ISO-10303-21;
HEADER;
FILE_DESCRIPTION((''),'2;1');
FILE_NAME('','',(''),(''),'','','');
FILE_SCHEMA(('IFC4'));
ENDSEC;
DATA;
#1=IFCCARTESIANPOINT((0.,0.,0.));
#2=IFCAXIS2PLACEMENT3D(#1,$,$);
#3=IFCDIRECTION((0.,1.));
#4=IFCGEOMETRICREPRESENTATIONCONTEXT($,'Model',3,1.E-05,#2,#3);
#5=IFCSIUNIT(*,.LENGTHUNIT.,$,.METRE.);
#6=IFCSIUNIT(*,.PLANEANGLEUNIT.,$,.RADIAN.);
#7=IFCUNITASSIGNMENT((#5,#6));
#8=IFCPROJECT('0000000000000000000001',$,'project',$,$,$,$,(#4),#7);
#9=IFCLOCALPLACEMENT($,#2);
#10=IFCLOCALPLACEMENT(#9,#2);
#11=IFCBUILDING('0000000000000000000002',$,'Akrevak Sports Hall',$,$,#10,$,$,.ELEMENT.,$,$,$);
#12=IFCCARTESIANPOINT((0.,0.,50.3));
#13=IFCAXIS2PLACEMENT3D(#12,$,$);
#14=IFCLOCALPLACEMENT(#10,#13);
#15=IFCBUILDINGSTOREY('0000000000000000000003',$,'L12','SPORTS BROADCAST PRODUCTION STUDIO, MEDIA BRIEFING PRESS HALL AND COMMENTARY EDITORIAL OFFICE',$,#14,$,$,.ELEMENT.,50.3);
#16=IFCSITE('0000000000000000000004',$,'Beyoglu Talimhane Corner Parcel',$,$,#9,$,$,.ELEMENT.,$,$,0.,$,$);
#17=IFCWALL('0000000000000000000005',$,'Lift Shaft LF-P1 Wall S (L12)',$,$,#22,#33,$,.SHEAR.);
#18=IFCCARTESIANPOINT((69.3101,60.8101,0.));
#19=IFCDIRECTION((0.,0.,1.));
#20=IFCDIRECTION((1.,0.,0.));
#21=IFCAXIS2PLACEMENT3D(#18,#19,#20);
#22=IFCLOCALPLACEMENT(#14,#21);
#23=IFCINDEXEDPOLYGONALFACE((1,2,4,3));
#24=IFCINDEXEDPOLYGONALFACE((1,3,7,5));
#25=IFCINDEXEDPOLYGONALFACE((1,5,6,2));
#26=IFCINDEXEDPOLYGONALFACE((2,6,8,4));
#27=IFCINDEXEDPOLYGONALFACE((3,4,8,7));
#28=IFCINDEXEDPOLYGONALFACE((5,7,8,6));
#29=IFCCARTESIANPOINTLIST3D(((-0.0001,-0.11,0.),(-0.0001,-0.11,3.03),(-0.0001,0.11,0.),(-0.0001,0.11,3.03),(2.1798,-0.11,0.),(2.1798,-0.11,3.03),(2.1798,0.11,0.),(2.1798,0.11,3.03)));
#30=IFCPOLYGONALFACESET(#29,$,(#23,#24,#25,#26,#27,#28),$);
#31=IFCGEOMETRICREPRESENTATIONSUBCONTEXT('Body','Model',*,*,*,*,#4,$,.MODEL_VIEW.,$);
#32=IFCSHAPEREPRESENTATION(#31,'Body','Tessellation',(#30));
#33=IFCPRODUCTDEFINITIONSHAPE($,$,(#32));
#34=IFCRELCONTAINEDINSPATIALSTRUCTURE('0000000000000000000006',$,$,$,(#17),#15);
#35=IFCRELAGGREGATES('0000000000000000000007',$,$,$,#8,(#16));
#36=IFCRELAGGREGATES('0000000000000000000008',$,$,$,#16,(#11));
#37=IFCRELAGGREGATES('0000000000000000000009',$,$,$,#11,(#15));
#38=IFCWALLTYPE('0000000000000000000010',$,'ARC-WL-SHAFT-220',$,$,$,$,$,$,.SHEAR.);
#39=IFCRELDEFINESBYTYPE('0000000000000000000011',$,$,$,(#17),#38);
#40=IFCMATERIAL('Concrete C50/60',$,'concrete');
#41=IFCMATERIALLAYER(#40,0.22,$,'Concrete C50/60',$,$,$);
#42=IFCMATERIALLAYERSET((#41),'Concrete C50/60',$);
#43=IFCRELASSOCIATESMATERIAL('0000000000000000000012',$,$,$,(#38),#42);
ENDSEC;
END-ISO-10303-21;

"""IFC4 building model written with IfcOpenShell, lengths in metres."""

from ifc_helpers import new_model, si_unit, direction, frame, frame_2d, origin, place, context, subcontext, project, spatial, rectangle, extrude, material, layer, layer_set, type_object, element, save


model = new_model("IFC4")

# Units and contexts
model_context = context("Model", 3, precision=1e-05, world=origin(), true_north=direction((0.0, 1.0)))
body_context = subcontext(model_context, "Body", "Model", "MODEL_VIEW")
ifc_project = project(units=[si_unit("LENGTHUNIT", "METRE"), si_unit("PLANEANGLEUNIT", "RADIAN")], contexts=[model_context])

# Site, building, storey
site_placement = place(None, origin())
site = spatial("IfcSite", under=ifc_project, at=site_placement, Name="Beyoglu Talimhane Corner Parcel", CompositionType="ELEMENT", RefElevation=0.0)
building_placement = place(site_placement, origin())
building = spatial("IfcBuilding", under=site, at=building_placement, Name="Akrevak Sports Hall", CompositionType="ELEMENT")
storey_placement = place(building_placement, frame((0.0, 0.0, 50.3)))
storey = spatial("IfcBuildingStorey", under=building, at=storey_placement, Name="L12", Description="SPORTS BROADCAST PRODUCTION STUDIO, MEDIA BRIEFING PRESS HALL AND COMMENTARY EDITORIAL OFFICE", CompositionType="ELEMENT", Elevation=50.3)

# Wall
ifc_material_1 = material(Name="Concrete C50/60", Category="concrete")
ifc_layer_1 = layer(ifc_material_1, 0.22, Name="Concrete C50/60")
ifc_layer_set_1 = layer_set([ifc_layer_1], Name="Concrete C50/60")
wall_type_1 = type_object("IfcWallType", Name="ARC-WL-SHAFT-220", PredefinedType="SHEAR", material=ifc_layer_set_1)
wall_1_placement = place(storey_placement, frame((69.3101, 60.8101, 0.0), z_axis=(0.0, 0.0, 1.0), x_axis=(1.0, 0.0, 0.0)))
element("IfcWall", 1, at=wall_1_placement, inside=storey, type_object=wall_type_1, Name="Lift Shaft LF-P1 Wall S (L12)", PredefinedType="SHEAR", context=body_context, shape_type="SweptSolid", body=[
    extrude(rectangle(XDim=2.1799, YDim=0.22, at=frame_2d((1.0898, 0.0))), origin(), (0.0, 0.0, 1.0), 3.03),
])

save(model, "model.ifc")
